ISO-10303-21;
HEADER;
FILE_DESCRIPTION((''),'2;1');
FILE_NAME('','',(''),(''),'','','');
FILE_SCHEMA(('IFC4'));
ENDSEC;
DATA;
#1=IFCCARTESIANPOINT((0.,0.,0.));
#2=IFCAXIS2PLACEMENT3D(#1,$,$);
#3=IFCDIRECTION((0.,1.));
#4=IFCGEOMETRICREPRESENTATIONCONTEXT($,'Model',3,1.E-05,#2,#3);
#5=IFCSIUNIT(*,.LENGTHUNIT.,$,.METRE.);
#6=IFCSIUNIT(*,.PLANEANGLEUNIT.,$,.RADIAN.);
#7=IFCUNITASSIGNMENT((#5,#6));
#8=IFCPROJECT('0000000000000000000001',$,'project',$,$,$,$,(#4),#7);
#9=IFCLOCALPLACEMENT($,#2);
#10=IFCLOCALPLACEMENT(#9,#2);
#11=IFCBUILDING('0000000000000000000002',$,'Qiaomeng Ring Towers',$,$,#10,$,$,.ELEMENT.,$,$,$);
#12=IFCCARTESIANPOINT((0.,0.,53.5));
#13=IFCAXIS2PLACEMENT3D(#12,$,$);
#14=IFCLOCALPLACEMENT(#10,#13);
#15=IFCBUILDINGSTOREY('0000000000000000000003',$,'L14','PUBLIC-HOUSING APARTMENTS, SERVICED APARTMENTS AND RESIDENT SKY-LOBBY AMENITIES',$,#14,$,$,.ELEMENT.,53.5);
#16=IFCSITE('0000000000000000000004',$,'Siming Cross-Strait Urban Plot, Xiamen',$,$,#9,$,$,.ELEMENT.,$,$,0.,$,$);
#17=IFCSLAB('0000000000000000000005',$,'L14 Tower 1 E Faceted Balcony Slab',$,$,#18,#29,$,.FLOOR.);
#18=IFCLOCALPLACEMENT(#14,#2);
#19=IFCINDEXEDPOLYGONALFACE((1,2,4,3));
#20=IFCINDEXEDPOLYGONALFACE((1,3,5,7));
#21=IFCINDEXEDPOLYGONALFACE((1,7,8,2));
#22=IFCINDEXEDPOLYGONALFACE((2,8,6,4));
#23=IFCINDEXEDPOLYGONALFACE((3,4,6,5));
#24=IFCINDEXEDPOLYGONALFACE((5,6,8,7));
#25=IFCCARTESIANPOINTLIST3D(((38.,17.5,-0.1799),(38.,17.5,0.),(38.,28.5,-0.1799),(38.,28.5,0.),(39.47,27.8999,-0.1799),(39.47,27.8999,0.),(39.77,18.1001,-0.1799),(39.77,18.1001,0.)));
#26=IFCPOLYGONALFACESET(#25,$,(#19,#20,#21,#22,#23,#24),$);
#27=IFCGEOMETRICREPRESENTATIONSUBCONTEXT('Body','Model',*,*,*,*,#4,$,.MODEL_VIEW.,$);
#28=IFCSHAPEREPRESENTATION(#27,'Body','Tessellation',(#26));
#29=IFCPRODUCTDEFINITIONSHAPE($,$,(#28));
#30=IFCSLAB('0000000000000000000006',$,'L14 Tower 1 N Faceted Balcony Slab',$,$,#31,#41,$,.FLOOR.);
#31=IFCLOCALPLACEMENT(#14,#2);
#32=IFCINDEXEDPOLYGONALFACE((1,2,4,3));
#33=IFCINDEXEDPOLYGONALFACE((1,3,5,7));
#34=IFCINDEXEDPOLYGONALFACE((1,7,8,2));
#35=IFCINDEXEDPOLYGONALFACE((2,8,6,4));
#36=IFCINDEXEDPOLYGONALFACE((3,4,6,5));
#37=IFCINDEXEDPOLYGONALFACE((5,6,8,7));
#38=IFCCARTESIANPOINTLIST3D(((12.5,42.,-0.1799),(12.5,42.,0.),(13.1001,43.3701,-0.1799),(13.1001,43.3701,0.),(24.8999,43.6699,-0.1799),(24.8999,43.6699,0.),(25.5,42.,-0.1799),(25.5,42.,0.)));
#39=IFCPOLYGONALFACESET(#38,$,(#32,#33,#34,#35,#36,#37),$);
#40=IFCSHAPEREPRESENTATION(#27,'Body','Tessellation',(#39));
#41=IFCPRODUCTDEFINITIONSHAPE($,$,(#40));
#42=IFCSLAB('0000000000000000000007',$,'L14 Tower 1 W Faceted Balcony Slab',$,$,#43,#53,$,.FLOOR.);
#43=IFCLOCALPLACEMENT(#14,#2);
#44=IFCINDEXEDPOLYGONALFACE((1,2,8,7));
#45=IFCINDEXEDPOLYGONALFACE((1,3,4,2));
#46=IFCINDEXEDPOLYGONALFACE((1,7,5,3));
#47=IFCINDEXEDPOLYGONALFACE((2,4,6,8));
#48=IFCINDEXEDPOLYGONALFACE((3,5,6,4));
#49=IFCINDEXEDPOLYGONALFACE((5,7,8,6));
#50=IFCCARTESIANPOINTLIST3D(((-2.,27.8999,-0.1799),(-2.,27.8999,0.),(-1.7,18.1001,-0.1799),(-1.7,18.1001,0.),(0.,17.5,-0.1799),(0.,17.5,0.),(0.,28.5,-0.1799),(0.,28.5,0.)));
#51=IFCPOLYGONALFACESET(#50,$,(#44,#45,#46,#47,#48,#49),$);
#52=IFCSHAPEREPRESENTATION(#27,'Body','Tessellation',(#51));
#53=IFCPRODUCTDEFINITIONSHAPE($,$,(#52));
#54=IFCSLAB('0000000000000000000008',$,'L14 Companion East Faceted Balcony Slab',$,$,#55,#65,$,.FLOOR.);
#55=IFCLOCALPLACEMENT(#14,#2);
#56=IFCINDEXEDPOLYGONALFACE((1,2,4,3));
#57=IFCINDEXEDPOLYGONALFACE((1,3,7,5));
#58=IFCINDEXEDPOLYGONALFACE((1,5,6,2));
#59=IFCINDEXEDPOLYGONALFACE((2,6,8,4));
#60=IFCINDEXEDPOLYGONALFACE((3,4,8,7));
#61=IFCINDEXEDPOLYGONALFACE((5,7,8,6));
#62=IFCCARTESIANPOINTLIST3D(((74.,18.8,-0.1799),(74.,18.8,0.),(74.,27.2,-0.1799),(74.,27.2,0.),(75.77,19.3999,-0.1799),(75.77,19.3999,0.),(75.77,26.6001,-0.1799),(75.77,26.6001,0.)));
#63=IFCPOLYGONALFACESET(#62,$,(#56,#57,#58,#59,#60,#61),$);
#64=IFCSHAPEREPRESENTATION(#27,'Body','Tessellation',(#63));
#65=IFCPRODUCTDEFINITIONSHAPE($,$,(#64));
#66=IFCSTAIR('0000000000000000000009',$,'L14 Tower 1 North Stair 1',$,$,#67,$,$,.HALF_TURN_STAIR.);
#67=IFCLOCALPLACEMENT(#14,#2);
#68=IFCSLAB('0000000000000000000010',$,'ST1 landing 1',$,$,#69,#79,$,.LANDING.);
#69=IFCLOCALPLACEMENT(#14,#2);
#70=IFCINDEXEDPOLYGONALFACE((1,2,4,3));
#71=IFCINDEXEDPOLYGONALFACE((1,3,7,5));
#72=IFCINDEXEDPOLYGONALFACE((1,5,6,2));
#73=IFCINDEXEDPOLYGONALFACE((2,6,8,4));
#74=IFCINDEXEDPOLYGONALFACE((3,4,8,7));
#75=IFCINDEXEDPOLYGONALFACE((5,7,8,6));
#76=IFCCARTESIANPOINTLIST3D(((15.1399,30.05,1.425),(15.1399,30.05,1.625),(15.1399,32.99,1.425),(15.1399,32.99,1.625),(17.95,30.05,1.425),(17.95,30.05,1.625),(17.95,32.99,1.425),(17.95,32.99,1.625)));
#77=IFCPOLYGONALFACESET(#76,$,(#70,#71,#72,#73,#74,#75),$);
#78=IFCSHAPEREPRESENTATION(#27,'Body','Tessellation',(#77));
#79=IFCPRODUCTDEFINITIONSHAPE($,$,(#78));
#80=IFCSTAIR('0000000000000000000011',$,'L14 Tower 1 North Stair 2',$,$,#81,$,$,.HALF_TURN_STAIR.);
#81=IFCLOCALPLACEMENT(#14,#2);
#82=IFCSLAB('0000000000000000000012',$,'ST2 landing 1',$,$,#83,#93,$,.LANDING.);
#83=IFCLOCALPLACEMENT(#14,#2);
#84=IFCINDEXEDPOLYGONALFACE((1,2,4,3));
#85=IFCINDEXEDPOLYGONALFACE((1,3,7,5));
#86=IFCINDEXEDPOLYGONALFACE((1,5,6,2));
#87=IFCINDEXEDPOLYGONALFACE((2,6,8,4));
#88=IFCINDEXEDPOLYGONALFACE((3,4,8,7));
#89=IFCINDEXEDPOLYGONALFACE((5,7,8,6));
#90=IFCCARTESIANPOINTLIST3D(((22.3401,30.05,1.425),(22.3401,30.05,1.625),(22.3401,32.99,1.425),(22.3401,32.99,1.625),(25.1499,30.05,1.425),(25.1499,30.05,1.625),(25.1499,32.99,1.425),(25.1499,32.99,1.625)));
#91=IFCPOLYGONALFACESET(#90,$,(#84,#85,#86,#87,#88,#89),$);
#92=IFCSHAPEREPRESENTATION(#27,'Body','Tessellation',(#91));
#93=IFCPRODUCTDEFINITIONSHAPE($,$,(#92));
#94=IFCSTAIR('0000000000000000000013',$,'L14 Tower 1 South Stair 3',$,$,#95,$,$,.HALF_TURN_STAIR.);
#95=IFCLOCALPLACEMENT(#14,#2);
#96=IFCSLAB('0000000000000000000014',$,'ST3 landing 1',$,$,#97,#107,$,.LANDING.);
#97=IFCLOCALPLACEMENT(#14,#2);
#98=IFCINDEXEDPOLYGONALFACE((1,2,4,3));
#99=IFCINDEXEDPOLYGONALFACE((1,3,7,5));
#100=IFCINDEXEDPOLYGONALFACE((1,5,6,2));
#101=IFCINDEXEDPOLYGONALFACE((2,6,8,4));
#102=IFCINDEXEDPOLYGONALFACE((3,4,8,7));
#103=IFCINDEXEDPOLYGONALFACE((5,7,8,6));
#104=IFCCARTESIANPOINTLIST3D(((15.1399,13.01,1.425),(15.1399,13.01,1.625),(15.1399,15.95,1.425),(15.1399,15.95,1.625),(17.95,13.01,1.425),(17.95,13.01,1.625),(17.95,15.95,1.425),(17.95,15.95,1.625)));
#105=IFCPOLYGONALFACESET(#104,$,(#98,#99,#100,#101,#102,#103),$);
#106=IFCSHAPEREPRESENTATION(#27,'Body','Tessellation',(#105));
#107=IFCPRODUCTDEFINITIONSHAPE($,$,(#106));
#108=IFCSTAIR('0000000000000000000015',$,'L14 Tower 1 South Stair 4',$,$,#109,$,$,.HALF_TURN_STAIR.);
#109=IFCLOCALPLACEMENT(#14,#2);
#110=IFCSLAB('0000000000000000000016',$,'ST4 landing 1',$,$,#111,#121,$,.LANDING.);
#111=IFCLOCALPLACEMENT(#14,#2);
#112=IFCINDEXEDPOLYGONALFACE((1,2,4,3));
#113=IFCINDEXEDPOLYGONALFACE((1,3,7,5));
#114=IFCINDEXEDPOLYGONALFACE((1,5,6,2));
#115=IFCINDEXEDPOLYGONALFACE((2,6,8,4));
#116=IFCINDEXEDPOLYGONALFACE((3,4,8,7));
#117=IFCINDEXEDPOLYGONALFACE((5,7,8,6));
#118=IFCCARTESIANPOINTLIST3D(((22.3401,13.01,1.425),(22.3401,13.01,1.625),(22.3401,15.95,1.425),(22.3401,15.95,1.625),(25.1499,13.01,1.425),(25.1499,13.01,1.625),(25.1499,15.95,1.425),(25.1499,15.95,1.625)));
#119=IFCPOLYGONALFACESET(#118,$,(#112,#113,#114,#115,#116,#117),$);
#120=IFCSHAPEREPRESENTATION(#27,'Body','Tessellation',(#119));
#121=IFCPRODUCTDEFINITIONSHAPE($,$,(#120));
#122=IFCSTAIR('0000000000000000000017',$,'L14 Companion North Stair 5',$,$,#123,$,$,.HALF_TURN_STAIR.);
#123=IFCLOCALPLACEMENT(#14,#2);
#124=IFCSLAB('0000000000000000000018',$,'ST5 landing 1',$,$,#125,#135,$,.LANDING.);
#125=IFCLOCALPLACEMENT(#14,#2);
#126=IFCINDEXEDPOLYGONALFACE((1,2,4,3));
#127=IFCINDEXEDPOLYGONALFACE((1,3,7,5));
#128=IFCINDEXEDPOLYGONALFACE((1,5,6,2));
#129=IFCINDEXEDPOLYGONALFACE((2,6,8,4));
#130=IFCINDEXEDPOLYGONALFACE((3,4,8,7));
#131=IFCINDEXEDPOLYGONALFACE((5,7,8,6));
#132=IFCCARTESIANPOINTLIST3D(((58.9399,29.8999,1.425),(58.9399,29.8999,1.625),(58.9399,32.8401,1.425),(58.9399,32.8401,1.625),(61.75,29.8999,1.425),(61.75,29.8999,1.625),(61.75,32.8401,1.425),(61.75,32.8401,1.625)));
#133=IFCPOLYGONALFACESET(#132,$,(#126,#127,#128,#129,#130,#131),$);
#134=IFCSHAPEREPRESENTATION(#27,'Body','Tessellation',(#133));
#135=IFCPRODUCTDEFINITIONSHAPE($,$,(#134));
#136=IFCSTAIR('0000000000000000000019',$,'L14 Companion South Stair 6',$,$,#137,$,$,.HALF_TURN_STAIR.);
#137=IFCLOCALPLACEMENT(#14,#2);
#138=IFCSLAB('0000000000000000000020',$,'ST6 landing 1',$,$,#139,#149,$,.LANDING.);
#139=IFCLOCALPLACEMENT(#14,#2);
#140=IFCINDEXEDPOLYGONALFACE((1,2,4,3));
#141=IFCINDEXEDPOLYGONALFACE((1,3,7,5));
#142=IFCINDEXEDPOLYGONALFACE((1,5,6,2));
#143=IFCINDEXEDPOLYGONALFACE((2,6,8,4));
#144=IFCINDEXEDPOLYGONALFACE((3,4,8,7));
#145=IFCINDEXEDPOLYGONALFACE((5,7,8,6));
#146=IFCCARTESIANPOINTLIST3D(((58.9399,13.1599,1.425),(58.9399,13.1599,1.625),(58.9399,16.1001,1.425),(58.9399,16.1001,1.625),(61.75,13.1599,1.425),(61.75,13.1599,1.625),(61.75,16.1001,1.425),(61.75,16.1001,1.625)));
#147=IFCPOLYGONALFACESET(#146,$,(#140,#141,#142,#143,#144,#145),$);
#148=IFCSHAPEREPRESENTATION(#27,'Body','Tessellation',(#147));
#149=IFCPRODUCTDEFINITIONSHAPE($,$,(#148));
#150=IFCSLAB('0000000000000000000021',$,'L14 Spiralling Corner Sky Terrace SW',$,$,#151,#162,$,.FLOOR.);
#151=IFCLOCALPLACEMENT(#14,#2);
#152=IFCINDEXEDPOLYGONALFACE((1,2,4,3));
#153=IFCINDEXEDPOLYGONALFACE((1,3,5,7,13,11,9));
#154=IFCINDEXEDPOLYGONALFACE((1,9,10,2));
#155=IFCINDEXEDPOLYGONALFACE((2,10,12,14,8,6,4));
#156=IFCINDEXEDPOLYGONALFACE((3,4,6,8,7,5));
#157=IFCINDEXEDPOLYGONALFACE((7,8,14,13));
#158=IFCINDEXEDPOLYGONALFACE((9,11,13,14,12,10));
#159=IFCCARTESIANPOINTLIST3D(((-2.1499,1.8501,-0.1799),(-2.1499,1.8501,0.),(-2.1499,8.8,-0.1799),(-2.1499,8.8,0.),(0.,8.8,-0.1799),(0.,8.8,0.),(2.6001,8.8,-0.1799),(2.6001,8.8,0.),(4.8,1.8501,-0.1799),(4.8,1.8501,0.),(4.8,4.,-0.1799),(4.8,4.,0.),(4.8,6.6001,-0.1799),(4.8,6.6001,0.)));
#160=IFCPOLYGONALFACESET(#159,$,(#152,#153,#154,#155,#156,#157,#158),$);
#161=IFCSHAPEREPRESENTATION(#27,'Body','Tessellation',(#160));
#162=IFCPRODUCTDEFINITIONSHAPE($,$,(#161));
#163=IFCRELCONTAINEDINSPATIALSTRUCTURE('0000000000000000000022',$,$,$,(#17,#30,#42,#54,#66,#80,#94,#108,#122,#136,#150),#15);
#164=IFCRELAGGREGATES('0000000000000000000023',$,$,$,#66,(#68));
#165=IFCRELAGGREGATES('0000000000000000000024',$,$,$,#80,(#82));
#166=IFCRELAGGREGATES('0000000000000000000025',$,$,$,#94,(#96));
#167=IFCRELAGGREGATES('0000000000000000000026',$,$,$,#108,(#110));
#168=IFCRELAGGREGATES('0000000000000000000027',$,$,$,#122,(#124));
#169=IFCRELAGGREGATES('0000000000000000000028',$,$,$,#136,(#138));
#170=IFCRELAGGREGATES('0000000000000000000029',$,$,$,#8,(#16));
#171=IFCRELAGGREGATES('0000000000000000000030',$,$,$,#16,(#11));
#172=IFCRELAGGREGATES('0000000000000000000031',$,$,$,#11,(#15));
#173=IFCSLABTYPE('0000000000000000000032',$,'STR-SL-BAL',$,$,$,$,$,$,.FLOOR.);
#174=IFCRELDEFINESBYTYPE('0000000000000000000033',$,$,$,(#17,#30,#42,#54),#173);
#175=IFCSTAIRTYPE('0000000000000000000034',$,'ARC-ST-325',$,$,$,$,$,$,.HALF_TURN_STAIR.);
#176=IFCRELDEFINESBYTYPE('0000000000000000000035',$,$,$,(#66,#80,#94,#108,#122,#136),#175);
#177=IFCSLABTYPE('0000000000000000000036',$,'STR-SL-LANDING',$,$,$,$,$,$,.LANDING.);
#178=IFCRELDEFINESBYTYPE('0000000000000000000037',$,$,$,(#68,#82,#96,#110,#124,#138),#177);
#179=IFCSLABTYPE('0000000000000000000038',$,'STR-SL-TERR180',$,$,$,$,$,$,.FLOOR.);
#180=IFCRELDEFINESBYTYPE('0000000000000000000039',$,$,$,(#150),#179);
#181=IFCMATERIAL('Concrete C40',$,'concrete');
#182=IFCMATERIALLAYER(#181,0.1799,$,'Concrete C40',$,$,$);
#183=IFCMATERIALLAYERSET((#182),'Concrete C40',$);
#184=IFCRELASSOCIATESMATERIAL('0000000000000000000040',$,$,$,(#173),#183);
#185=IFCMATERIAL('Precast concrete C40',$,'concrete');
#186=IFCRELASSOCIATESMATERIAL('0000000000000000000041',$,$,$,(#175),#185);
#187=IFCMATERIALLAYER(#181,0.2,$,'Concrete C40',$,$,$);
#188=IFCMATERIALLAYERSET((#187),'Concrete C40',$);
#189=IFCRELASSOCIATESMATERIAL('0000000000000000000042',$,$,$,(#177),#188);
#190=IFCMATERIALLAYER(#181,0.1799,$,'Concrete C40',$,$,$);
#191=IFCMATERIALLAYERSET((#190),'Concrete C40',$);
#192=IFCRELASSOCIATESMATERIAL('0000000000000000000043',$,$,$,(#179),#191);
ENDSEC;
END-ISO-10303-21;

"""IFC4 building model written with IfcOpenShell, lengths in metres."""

from ifc_helpers import new_model, si_unit, direction, frame, origin, place, context, subcontext, project, spatial, polyline, outline, extrude, material, layer, layer_set, type_object, element, aggregate, save


model = new_model("IFC4")

# Units and contexts
model_context = context("Model", 3, precision=1e-05, world=origin(), true_north=direction((0.0, 1.0)))
body_context = subcontext(model_context, "Body", "Model", "MODEL_VIEW")
ifc_project = project(units=[si_unit("LENGTHUNIT", "METRE"), si_unit("PLANEANGLEUNIT", "RADIAN")], contexts=[model_context])

# Site, building, storey
site_placement = place(None, origin())
site = spatial("IfcSite", under=ifc_project, at=site_placement, Name="Siming Cross-Strait Urban Plot, Xiamen", CompositionType="ELEMENT", RefElevation=0.0)
building_placement = place(site_placement, origin())
building = spatial("IfcBuilding", under=site, at=building_placement, Name="Qiaomeng Ring Towers", CompositionType="ELEMENT")
storey_placement = place(building_placement, frame((0.0, 0.0, 53.5)))
storey = spatial("IfcBuildingStorey", under=building, at=storey_placement, Name="L14", Description="PUBLIC-HOUSING APARTMENTS, SERVICED APARTMENTS AND RESIDENT SKY-LOBBY AMENITIES", CompositionType="ELEMENT", Elevation=53.5)

# Slabs
ifc_material_1 = material(Name="Concrete C40", Category="concrete")
ifc_layer_1 = layer(ifc_material_1, 0.1799, Name="Concrete C40")
ifc_layer_set_1 = layer_set([ifc_layer_1], Name="Concrete C40")
slab_type_1 = type_object("IfcSlabType", Name="STR-SL-BAL", PredefinedType="FLOOR", material=ifc_layer_set_1)
slab_1_placement = place(storey_placement, frame((0.0, 0.0, -0.1799)))
element("IfcSlab", 1, at=slab_1_placement, inside=storey, type_object=slab_type_1, Name="L14 Tower 1 E Faceted Balcony Slab", PredefinedType="FLOOR", context=body_context, shape_type="SweptSolid", body=[
    extrude(outline(polyline([(39.47, 27.8999), (39.77, 18.1001), (38.0, 17.5), (38.0, 28.5), (39.47, 27.8999)])), origin(), (0.0, 0.0, 1.0), 0.1799),
])
slab_2_placement = place(storey_placement, frame((0.0, 0.0, -0.1799)))
element("IfcSlab", 2, at=slab_2_placement, inside=storey, type_object=slab_type_1, Name="L14 Tower 1 N Faceted Balcony Slab", PredefinedType="FLOOR", context=body_context, shape_type="SweptSolid", body=[
    extrude(outline(polyline([(12.5, 42.0), (13.1001, 43.3701), (24.8999, 43.6699), (25.5, 42.0), (12.5, 42.0)])), origin(), (0.0, 0.0, 1.0), 0.1799),
])
slab_3_placement = place(storey_placement, frame((0.0, 0.0, -0.1799)))
element("IfcSlab", 3, at=slab_3_placement, inside=storey, type_object=slab_type_1, Name="L14 Tower 1 W Faceted Balcony Slab", PredefinedType="FLOOR", context=body_context, shape_type="SweptSolid", body=[
    extrude(outline(polyline([(0.0, 17.5), (-1.7, 18.1001), (-2.0, 27.8999), (0.0, 28.5), (0.0, 17.5)])), origin(), (0.0, 0.0, 1.0), 0.1799),
])
slab_4_placement = place(storey_placement, frame((0.0, 0.0, -0.1799)))
element("IfcSlab", 4, at=slab_4_placement, inside=storey, type_object=slab_type_1, Name="L14 Companion East Faceted Balcony Slab", PredefinedType="FLOOR", context=body_context, shape_type="SweptSolid", body=[
    extrude(outline(polyline([(75.77, 26.6001), (75.77, 19.3999), (74.0, 18.8), (74.0, 27.2), (75.77, 26.6001)])), origin(), (0.0, 0.0, 1.0), 0.1799),
])

# Stairs, slabs
ifc_material_2 = material(Name="Precast concrete C40", Category="concrete")
stair_type = type_object("IfcStairType", Name="ARC-ST-325", PredefinedType="HALF_TURN_STAIR", material=ifc_material_2)
stair_1_placement = place(storey_placement, origin())
stair_1 = element("IfcStair", 5, at=stair_1_placement, inside=storey, type_object=stair_type, Name="L14 Tower 1 North Stair 1", PredefinedType="HALF_TURN_STAIR")
ifc_layer_2 = layer(ifc_material_1, 0.2, Name="Concrete C40")
ifc_layer_set_2 = layer_set([ifc_layer_2], Name="Concrete C40")
slab_type_2 = type_object("IfcSlabType", Name="STR-SL-LANDING", PredefinedType="LANDING", material=ifc_layer_set_2)
slab_5_placement = place(storey_placement, frame((0.0, 0.0, 1.425)))
slab_5 = element("IfcSlab", 6, at=slab_5_placement, type_object=slab_type_2, Name="ST1 landing 1", PredefinedType="LANDING", context=body_context, shape_type="SweptSolid", body=[
    extrude(outline(polyline([(15.1399, 30.05), (17.95, 30.05), (17.95, 32.99), (15.1399, 32.99), (15.1399, 30.05)])), origin(), (0.0, 0.0, 1.0), 0.2),
])
aggregate(stair_1, [slab_5])
stair_2_placement = place(storey_placement, origin())
stair_2 = element("IfcStair", 7, at=stair_2_placement, inside=storey, type_object=stair_type, Name="L14 Tower 1 North Stair 2", PredefinedType="HALF_TURN_STAIR")
slab_6_placement = place(storey_placement, frame((0.0, 0.0, 1.425)))
slab_6 = element("IfcSlab", 8, at=slab_6_placement, type_object=slab_type_2, Name="ST2 landing 1", PredefinedType="LANDING", context=body_context, shape_type="SweptSolid", body=[
    extrude(outline(polyline([(22.3401, 30.05), (25.1499, 30.05), (25.1499, 32.99), (22.3401, 32.99), (22.3401, 30.05)])), origin(), (0.0, 0.0, 1.0), 0.2),
])
aggregate(stair_2, [slab_6])
stair_3_placement = place(storey_placement, origin())
stair_3 = element("IfcStair", 9, at=stair_3_placement, inside=storey, type_object=stair_type, Name="L14 Tower 1 South Stair 3", PredefinedType="HALF_TURN_STAIR")
slab_7_placement = place(storey_placement, frame((0.0, 0.0, 1.425)))
slab_7 = element("IfcSlab", 10, at=slab_7_placement, type_object=slab_type_2, Name="ST3 landing 1", PredefinedType="LANDING", context=body_context, shape_type="SweptSolid", body=[
    extrude(outline(polyline([(15.1399, 13.01), (17.95, 13.01), (17.95, 15.95), (15.1399, 15.95), (15.1399, 13.01)])), origin(), (0.0, 0.0, 1.0), 0.2),
])
aggregate(stair_3, [slab_7])
stair_4_placement = place(storey_placement, origin())
stair_4 = element("IfcStair", 11, at=stair_4_placement, inside=storey, type_object=stair_type, Name="L14 Tower 1 South Stair 4", PredefinedType="HALF_TURN_STAIR")
slab_8_placement = place(storey_placement, frame((0.0, 0.0, 1.425)))
slab_8 = element("IfcSlab", 12, at=slab_8_placement, type_object=slab_type_2, Name="ST4 landing 1", PredefinedType="LANDING", context=body_context, shape_type="SweptSolid", body=[
    extrude(outline(polyline([(22.3401, 13.01), (25.1499, 13.01), (25.1499, 15.95), (22.3401, 15.95), (22.3401, 13.01)])), origin(), (0.0, 0.0, 1.0), 0.2),
])
aggregate(stair_4, [slab_8])
stair_5_placement = place(storey_placement, origin())
stair_5 = element("IfcStair", 13, at=stair_5_placement, inside=storey, type_object=stair_type, Name="L14 Companion North Stair 5", PredefinedType="HALF_TURN_STAIR")
slab_9_placement = place(storey_placement, frame((0.0, 0.0, 1.425)))
slab_9 = element("IfcSlab", 14, at=slab_9_placement, type_object=slab_type_2, Name="ST5 landing 1", PredefinedType="LANDING", context=body_context, shape_type="SweptSolid", body=[
    extrude(outline(polyline([(58.9399, 29.8999), (61.75, 29.8999), (61.75, 32.8401), (58.9399, 32.8401), (58.9399, 29.8999)])), origin(), (0.0, 0.0, 1.0), 0.2),
])
aggregate(stair_5, [slab_9])
stair_6_placement = place(storey_placement, origin())
stair_6 = element("IfcStair", 15, at=stair_6_placement, inside=storey, type_object=stair_type, Name="L14 Companion South Stair 6", PredefinedType="HALF_TURN_STAIR")
slab_10_placement = place(storey_placement, frame((0.0, 0.0, 1.425)))
slab_10 = element("IfcSlab", 16, at=slab_10_placement, type_object=slab_type_2, Name="ST6 landing 1", PredefinedType="LANDING", context=body_context, shape_type="SweptSolid", body=[
    extrude(outline(polyline([(58.9399, 13.1599), (61.75, 13.1599), (61.75, 16.1001), (58.9399, 16.1001), (58.9399, 13.1599)])), origin(), (0.0, 0.0, 1.0), 0.2),
])
aggregate(stair_6, [slab_10])

# Slab
ifc_layer_3 = layer(ifc_material_1, 0.1799, Name="Concrete C40")
ifc_layer_set_3 = layer_set([ifc_layer_3], Name="Concrete C40")
slab_type_3 = type_object("IfcSlabType", Name="STR-SL-TERR180", PredefinedType="FLOOR", material=ifc_layer_set_3)
slab_11_placement = place(storey_placement, frame((0.0, 0.0, -0.1799)))
element("IfcSlab", 17, at=slab_11_placement, inside=storey, type_object=slab_type_3, Name="L14 Spiralling Corner Sky Terrace SW", PredefinedType="FLOOR", context=body_context, shape_type="SweptSolid", body=[
    extrude(outline(polyline([(4.8, 1.8501), (-2.1499, 1.8501), (-2.1499, 8.8), (0.0, 8.8), (2.6001, 8.8), (4.8, 6.6001), (4.8, 4.0), (4.8, 1.8501)])), origin(), (0.0, 0.0, 1.0), 0.1799),
])

save(model, "model.ifc")
